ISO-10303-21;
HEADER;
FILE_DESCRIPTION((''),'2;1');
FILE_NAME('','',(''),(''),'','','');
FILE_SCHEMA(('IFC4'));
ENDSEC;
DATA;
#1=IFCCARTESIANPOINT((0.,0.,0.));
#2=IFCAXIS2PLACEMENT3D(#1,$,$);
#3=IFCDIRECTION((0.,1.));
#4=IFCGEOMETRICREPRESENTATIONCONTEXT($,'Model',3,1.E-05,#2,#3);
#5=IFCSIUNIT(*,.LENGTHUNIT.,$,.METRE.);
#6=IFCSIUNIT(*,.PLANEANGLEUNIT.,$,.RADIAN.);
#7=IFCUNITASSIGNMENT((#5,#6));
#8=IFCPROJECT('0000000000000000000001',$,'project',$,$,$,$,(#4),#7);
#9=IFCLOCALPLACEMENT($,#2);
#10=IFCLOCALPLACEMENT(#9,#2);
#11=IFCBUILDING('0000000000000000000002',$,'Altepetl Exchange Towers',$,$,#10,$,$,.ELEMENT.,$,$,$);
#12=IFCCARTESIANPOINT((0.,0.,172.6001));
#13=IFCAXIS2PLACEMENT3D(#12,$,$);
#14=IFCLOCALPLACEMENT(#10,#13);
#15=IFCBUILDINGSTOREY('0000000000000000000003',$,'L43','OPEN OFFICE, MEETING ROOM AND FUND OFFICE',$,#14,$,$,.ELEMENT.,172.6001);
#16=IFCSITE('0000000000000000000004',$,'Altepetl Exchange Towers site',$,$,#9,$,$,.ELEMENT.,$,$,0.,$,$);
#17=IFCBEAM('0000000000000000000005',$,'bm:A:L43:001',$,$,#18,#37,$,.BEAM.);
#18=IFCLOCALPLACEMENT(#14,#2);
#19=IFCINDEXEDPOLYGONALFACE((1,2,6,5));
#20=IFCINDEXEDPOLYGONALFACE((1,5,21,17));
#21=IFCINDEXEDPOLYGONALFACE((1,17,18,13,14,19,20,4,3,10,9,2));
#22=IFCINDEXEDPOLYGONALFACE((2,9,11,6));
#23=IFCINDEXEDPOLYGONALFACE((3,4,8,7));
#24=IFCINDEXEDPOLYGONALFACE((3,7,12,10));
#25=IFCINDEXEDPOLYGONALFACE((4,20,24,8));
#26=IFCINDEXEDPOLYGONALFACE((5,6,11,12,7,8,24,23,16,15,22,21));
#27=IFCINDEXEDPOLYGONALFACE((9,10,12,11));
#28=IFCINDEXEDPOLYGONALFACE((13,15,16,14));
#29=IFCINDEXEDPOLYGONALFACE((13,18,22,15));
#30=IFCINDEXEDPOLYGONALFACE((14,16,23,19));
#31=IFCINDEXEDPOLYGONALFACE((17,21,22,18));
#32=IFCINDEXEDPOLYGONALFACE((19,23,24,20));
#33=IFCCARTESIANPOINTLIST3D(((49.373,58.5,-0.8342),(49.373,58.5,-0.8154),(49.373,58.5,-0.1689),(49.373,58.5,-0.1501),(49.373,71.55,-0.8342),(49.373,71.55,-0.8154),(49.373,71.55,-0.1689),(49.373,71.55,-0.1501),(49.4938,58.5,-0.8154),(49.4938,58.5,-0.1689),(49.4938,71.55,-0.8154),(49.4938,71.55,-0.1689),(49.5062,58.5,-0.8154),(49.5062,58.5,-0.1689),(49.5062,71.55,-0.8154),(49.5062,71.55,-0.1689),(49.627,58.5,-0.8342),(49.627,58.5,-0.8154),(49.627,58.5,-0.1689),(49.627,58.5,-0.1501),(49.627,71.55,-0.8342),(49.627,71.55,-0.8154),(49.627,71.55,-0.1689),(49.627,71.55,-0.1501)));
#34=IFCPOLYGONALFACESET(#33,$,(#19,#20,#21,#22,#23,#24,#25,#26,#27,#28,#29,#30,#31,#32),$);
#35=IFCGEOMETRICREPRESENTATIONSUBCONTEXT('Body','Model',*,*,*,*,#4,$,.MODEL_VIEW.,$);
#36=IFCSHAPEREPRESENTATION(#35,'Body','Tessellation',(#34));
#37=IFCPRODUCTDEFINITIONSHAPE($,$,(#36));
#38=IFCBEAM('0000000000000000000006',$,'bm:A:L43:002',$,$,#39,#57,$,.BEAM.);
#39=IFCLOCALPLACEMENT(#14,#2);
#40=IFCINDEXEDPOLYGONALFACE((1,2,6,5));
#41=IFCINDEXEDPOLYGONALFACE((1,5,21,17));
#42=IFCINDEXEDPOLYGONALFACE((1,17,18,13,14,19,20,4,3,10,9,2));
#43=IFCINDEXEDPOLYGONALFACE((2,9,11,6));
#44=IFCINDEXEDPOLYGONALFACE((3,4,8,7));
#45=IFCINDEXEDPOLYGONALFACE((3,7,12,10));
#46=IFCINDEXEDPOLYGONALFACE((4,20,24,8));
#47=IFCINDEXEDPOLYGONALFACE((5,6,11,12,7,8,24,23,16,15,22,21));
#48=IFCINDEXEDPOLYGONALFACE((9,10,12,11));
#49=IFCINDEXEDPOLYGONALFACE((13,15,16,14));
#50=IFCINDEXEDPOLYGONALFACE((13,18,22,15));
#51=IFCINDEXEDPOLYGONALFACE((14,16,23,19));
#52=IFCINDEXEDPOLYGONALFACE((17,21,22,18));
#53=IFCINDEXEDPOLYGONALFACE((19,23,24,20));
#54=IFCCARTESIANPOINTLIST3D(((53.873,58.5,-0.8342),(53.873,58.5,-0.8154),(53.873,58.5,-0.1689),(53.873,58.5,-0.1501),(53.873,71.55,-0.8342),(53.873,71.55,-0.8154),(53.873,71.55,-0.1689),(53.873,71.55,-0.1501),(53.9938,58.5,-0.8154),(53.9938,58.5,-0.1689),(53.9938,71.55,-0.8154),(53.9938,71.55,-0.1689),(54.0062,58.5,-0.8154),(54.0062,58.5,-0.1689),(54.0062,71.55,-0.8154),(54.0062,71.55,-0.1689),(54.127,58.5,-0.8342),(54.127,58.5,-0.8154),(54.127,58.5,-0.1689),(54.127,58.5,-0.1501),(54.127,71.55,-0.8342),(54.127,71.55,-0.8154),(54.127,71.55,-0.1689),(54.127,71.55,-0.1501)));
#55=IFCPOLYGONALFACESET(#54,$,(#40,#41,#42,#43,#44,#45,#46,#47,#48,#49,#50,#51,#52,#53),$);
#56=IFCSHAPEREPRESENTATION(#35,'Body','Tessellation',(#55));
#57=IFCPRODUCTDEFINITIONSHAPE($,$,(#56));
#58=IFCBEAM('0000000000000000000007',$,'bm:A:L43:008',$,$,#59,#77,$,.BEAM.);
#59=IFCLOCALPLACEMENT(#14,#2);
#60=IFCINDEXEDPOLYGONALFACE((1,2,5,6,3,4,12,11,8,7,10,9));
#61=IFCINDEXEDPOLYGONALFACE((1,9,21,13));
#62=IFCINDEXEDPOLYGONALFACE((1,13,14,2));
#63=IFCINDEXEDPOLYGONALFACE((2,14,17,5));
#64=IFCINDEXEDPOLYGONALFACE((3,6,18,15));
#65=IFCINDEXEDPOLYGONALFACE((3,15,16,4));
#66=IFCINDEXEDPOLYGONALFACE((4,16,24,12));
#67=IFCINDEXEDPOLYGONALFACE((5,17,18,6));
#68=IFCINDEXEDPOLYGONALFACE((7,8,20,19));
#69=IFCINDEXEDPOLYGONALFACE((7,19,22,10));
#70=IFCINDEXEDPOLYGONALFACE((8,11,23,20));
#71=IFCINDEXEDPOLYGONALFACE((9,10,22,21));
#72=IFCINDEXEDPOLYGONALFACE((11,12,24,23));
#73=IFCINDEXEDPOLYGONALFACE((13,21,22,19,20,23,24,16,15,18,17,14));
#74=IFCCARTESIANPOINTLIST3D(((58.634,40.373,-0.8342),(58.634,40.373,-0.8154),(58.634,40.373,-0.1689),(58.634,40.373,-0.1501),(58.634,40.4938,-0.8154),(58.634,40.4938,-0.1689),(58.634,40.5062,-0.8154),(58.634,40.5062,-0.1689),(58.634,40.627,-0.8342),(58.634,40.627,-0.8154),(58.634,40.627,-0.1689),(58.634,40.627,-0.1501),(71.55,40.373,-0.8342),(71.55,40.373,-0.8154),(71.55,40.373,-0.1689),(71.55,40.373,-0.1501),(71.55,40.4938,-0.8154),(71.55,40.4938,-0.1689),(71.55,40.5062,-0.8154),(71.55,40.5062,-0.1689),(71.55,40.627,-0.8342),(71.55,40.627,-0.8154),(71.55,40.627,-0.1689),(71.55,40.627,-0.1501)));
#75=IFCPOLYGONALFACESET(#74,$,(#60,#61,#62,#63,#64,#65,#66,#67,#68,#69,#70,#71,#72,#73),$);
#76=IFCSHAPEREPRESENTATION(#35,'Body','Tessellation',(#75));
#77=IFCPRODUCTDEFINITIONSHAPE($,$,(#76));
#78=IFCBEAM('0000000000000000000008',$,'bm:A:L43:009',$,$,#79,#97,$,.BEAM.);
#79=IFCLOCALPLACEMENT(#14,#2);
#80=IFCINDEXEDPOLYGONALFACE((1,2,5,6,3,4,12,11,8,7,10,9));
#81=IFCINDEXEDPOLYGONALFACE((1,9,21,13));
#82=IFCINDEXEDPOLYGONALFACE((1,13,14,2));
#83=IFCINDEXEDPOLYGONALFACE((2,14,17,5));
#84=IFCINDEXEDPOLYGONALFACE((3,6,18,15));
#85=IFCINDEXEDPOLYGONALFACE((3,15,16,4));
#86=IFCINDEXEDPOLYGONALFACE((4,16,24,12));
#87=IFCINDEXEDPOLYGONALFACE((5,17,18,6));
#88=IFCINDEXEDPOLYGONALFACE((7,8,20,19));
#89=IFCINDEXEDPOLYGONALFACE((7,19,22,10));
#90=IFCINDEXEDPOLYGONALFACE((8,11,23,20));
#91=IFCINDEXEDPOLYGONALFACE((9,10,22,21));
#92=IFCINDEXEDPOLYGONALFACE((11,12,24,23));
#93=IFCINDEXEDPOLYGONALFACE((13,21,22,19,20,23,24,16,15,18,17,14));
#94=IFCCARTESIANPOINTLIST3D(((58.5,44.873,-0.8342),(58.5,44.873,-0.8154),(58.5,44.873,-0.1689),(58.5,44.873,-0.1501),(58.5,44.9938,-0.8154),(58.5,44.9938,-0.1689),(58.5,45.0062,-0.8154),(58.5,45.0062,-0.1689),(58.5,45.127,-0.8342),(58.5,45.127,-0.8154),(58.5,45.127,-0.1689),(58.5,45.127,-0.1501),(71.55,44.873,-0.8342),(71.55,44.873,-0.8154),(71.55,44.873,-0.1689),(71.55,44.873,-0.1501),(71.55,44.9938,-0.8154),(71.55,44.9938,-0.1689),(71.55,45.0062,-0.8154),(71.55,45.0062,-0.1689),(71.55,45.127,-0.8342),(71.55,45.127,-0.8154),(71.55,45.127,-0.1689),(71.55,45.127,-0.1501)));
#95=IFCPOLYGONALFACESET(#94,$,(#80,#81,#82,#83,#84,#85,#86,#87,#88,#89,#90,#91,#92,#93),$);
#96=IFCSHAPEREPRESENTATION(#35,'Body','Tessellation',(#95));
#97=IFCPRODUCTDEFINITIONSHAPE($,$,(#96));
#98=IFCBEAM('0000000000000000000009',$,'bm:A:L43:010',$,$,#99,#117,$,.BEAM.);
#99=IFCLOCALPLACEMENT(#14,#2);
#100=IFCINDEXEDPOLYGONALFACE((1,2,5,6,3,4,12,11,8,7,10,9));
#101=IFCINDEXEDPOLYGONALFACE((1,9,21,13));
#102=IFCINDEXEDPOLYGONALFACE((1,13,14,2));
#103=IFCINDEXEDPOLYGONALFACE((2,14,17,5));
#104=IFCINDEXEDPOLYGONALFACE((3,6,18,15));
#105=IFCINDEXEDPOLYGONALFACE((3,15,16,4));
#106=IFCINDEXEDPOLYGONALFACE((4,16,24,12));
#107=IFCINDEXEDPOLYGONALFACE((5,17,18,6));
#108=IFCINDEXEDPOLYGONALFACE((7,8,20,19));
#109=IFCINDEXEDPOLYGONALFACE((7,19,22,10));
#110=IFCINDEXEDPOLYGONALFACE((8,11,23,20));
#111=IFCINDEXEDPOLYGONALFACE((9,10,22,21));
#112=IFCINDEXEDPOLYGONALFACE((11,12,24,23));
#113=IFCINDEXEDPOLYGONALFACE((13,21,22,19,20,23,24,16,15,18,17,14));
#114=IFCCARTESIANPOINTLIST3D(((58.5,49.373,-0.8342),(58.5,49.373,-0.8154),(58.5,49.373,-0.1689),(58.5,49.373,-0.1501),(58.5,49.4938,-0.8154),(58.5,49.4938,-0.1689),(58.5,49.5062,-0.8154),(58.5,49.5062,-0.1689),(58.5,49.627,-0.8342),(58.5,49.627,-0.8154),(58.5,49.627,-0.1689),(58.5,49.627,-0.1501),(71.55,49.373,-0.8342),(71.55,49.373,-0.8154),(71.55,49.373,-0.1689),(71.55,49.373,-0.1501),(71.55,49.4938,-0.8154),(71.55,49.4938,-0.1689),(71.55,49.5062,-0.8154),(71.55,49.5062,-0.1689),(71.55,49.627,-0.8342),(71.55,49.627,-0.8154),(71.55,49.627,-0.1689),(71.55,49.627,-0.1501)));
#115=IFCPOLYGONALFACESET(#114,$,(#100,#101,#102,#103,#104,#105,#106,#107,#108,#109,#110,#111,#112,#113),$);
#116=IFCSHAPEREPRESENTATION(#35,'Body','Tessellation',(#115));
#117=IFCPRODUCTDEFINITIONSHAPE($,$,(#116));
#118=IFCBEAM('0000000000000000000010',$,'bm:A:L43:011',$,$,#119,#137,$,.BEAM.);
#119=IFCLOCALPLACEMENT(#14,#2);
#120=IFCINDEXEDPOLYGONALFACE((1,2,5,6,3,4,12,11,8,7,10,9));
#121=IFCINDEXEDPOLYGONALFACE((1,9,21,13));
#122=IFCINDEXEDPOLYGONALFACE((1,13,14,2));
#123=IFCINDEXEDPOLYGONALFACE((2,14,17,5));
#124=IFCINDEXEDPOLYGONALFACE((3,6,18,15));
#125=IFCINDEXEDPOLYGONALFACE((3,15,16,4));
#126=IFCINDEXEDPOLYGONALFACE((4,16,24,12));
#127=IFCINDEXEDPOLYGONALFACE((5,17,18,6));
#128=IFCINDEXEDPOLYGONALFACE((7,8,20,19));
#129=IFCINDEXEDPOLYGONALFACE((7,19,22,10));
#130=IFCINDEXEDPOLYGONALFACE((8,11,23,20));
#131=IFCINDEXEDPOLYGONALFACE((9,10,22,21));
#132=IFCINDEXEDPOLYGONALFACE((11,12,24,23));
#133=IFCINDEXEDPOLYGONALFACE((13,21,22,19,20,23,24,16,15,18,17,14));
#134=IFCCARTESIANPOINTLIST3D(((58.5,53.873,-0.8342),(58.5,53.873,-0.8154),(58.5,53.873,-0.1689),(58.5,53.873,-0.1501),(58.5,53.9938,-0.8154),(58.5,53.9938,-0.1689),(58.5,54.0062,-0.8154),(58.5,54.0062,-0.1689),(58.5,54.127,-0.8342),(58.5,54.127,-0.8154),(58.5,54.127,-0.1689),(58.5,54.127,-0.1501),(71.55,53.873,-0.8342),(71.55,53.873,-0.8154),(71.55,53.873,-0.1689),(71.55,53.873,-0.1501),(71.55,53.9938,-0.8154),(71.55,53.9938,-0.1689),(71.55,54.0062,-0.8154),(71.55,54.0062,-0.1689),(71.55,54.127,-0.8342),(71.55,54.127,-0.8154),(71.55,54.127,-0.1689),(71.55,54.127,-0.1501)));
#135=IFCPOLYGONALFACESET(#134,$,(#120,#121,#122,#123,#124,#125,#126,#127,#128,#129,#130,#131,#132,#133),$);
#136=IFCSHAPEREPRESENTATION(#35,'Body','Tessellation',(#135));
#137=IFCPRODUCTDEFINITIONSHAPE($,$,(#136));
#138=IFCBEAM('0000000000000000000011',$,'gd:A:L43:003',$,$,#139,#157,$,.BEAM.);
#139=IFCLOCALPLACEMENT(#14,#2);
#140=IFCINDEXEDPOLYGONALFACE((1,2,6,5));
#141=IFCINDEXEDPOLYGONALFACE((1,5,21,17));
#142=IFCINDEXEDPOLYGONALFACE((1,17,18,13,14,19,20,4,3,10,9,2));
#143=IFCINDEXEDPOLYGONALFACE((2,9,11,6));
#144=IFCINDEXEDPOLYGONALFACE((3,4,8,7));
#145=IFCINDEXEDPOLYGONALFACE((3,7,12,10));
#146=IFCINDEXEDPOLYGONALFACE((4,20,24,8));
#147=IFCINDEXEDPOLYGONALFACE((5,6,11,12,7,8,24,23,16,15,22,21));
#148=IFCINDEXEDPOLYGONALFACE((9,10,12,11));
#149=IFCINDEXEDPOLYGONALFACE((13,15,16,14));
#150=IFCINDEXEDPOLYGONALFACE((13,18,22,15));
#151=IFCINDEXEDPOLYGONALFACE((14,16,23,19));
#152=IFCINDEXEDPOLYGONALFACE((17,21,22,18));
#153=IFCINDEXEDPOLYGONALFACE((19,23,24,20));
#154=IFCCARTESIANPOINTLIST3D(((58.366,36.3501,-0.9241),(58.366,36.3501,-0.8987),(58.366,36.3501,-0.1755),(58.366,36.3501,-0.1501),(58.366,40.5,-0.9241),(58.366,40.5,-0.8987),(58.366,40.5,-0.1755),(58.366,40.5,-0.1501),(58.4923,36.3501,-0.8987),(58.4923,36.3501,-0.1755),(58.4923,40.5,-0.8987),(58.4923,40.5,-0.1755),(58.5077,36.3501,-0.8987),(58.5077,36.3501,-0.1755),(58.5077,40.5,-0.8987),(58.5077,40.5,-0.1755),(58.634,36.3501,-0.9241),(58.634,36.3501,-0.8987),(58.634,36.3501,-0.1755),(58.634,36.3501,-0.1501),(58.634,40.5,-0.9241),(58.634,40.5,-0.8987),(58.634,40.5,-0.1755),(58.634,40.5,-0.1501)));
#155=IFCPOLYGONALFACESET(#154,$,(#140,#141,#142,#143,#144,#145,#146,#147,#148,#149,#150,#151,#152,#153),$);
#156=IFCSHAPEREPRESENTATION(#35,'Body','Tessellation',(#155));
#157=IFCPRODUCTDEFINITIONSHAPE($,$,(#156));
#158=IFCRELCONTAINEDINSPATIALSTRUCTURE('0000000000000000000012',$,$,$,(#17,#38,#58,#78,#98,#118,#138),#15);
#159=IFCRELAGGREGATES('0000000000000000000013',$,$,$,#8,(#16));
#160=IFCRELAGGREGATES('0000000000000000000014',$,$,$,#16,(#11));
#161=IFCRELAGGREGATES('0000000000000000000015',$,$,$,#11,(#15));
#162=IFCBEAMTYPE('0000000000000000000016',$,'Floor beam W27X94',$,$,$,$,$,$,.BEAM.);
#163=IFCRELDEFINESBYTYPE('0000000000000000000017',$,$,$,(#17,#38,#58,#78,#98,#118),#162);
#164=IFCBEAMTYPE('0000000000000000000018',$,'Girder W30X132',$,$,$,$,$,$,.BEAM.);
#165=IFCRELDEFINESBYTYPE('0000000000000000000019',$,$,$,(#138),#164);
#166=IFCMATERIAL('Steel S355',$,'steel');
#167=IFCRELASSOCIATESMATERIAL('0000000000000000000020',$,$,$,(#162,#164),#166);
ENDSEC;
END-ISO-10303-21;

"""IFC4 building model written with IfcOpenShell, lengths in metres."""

from ifc_helpers import new_model, si_unit, direction, frame, origin, origin_2d, place, context, subcontext, project, spatial, i_section, extrude, material, material_profile, profile_set, type_object, element, save


model = new_model("IFC4")

# Units and contexts
model_context = context("Model", 3, precision=1e-05, world=origin(), true_north=direction((0.0, 1.0)))
body_context = subcontext(model_context, "Body", "Model", "MODEL_VIEW")
ifc_project = project(units=[si_unit("LENGTHUNIT", "METRE"), si_unit("PLANEANGLEUNIT", "RADIAN")], contexts=[model_context])

# Site, building, storey
site_placement = place(None, origin())
site = spatial("IfcSite", under=ifc_project, at=site_placement, Name="Altepetl Exchange Towers site", CompositionType="ELEMENT", RefElevation=0.0)
building_placement = place(site_placement, origin())
building = spatial("IfcBuilding", under=site, at=building_placement, Name="Altepetl Exchange Towers", CompositionType="ELEMENT")
storey_placement = place(building_placement, frame((0.0, 0.0, 172.6001)))
storey = spatial("IfcBuildingStorey", under=building, at=storey_placement, Name="L43", Description="OPEN OFFICE, MEETING ROOM AND FUND OFFICE", CompositionType="ELEMENT", Elevation=172.6001)

# Beams
ifc_material_1 = material(Name="Steel S355", Category="steel")
ifc_material_profile_1 = material_profile(ifc_material_1, i_section(OverallWidth=0.2539, OverallDepth=0.6841, WebThickness=0.0125, FlangeThickness=0.0188, at=origin_2d()), Name="W27X94")
ifc_profile_set_1 = profile_set([ifc_material_profile_1], Name="Steel S355")
beam_type_1 = type_object("IfcBeamType", Name="Floor beam W27X94", PredefinedType="BEAM", material=ifc_profile_set_1)
for number, where, z_axis, x_axis, name in (
    (1, (49.5, 58.5, -0.4922), (0.0, 1.0, 0.0), (-1.0, 0.0, 0.0), "bm:A:L43:001"),
    (2, (54.0, 58.5, -0.4922), (0.0, 1.0, 0.0), (-1.0, 0.0, 0.0), "bm:A:L43:002"),
):
    element("IfcBeam", number, at=place(storey_placement, frame(where, z_axis=z_axis, x_axis=x_axis)), inside=storey, type_object=beam_type_1, Name=name, PredefinedType="BEAM", context=body_context, shape_type="SweptSolid", body=[
        extrude(i_section(OverallWidth=0.2539, OverallDepth=0.6841, WebThickness=0.0125, FlangeThickness=0.0188, at=origin_2d()), origin(), (0.0, 0.0, 1.0), 13.05),
    ])
beam_1_placement = place(storey_placement, frame((58.634, 40.5, -0.4922), z_axis=(1.0, 0.0, 0.0), x_axis=(0.0, 1.0, 0.0)))
element("IfcBeam", 3, at=beam_1_placement, inside=storey, type_object=beam_type_1, Name="bm:A:L43:008", PredefinedType="BEAM", context=body_context, shape_type="SweptSolid", body=[
    extrude(i_section(OverallWidth=0.2539, OverallDepth=0.6841, WebThickness=0.0125, FlangeThickness=0.0188, at=origin_2d()), origin(), (0.0, 0.0, 1.0), 12.916),
])
for number, where, z_axis, x_axis, name in (
    (4, (58.5, 45.0, -0.4922), (1.0, 0.0, 0.0), (0.0, 1.0, 0.0), "bm:A:L43:009"),
    (5, (58.5, 49.5, -0.4922), (1.0, 0.0, 0.0), (0.0, 1.0, 0.0), "bm:A:L43:010"),
    (6, (58.5, 54.0, -0.4922), (1.0, 0.0, 0.0), (0.0, 1.0, 0.0), "bm:A:L43:011"),
):
    element("IfcBeam", number, at=place(storey_placement, frame(where, z_axis=z_axis, x_axis=x_axis)), inside=storey, type_object=beam_type_1, Name=name, PredefinedType="BEAM", context=body_context, shape_type="SweptSolid", body=[
        extrude(i_section(OverallWidth=0.2539, OverallDepth=0.6841, WebThickness=0.0125, FlangeThickness=0.0188, at=origin_2d()), origin(), (0.0, 0.0, 1.0), 13.05),
    ])
ifc_material_profile_2 = material_profile(ifc_material_1, i_section(OverallWidth=0.2681, OverallDepth=0.7739, WebThickness=0.0154, FlangeThickness=0.0254, at=origin_2d()), Name="W30X132")
ifc_profile_set_2 = profile_set([ifc_material_profile_2], Name="Steel S355")
beam_type_2 = type_object("IfcBeamType", Name="Girder W30X132", PredefinedType="BEAM", material=ifc_profile_set_2)
beam_2_placement = place(storey_placement, frame((58.5, 40.5, -0.5371), z_axis=(0.0, -1.0, 0.0), x_axis=(1.0, 0.0, 0.0)))
element("IfcBeam", 7, at=beam_2_placement, inside=storey, type_object=beam_type_2, Name="gd:A:L43:003", PredefinedType="BEAM", context=body_context, shape_type="SweptSolid", body=[
    extrude(i_section(OverallWidth=0.2681, OverallDepth=0.7739, WebThickness=0.0154, FlangeThickness=0.0254, at=origin_2d()), origin(), (0.0, 0.0, 1.0), 4.1499),
])

save(model, "model.ifc")
